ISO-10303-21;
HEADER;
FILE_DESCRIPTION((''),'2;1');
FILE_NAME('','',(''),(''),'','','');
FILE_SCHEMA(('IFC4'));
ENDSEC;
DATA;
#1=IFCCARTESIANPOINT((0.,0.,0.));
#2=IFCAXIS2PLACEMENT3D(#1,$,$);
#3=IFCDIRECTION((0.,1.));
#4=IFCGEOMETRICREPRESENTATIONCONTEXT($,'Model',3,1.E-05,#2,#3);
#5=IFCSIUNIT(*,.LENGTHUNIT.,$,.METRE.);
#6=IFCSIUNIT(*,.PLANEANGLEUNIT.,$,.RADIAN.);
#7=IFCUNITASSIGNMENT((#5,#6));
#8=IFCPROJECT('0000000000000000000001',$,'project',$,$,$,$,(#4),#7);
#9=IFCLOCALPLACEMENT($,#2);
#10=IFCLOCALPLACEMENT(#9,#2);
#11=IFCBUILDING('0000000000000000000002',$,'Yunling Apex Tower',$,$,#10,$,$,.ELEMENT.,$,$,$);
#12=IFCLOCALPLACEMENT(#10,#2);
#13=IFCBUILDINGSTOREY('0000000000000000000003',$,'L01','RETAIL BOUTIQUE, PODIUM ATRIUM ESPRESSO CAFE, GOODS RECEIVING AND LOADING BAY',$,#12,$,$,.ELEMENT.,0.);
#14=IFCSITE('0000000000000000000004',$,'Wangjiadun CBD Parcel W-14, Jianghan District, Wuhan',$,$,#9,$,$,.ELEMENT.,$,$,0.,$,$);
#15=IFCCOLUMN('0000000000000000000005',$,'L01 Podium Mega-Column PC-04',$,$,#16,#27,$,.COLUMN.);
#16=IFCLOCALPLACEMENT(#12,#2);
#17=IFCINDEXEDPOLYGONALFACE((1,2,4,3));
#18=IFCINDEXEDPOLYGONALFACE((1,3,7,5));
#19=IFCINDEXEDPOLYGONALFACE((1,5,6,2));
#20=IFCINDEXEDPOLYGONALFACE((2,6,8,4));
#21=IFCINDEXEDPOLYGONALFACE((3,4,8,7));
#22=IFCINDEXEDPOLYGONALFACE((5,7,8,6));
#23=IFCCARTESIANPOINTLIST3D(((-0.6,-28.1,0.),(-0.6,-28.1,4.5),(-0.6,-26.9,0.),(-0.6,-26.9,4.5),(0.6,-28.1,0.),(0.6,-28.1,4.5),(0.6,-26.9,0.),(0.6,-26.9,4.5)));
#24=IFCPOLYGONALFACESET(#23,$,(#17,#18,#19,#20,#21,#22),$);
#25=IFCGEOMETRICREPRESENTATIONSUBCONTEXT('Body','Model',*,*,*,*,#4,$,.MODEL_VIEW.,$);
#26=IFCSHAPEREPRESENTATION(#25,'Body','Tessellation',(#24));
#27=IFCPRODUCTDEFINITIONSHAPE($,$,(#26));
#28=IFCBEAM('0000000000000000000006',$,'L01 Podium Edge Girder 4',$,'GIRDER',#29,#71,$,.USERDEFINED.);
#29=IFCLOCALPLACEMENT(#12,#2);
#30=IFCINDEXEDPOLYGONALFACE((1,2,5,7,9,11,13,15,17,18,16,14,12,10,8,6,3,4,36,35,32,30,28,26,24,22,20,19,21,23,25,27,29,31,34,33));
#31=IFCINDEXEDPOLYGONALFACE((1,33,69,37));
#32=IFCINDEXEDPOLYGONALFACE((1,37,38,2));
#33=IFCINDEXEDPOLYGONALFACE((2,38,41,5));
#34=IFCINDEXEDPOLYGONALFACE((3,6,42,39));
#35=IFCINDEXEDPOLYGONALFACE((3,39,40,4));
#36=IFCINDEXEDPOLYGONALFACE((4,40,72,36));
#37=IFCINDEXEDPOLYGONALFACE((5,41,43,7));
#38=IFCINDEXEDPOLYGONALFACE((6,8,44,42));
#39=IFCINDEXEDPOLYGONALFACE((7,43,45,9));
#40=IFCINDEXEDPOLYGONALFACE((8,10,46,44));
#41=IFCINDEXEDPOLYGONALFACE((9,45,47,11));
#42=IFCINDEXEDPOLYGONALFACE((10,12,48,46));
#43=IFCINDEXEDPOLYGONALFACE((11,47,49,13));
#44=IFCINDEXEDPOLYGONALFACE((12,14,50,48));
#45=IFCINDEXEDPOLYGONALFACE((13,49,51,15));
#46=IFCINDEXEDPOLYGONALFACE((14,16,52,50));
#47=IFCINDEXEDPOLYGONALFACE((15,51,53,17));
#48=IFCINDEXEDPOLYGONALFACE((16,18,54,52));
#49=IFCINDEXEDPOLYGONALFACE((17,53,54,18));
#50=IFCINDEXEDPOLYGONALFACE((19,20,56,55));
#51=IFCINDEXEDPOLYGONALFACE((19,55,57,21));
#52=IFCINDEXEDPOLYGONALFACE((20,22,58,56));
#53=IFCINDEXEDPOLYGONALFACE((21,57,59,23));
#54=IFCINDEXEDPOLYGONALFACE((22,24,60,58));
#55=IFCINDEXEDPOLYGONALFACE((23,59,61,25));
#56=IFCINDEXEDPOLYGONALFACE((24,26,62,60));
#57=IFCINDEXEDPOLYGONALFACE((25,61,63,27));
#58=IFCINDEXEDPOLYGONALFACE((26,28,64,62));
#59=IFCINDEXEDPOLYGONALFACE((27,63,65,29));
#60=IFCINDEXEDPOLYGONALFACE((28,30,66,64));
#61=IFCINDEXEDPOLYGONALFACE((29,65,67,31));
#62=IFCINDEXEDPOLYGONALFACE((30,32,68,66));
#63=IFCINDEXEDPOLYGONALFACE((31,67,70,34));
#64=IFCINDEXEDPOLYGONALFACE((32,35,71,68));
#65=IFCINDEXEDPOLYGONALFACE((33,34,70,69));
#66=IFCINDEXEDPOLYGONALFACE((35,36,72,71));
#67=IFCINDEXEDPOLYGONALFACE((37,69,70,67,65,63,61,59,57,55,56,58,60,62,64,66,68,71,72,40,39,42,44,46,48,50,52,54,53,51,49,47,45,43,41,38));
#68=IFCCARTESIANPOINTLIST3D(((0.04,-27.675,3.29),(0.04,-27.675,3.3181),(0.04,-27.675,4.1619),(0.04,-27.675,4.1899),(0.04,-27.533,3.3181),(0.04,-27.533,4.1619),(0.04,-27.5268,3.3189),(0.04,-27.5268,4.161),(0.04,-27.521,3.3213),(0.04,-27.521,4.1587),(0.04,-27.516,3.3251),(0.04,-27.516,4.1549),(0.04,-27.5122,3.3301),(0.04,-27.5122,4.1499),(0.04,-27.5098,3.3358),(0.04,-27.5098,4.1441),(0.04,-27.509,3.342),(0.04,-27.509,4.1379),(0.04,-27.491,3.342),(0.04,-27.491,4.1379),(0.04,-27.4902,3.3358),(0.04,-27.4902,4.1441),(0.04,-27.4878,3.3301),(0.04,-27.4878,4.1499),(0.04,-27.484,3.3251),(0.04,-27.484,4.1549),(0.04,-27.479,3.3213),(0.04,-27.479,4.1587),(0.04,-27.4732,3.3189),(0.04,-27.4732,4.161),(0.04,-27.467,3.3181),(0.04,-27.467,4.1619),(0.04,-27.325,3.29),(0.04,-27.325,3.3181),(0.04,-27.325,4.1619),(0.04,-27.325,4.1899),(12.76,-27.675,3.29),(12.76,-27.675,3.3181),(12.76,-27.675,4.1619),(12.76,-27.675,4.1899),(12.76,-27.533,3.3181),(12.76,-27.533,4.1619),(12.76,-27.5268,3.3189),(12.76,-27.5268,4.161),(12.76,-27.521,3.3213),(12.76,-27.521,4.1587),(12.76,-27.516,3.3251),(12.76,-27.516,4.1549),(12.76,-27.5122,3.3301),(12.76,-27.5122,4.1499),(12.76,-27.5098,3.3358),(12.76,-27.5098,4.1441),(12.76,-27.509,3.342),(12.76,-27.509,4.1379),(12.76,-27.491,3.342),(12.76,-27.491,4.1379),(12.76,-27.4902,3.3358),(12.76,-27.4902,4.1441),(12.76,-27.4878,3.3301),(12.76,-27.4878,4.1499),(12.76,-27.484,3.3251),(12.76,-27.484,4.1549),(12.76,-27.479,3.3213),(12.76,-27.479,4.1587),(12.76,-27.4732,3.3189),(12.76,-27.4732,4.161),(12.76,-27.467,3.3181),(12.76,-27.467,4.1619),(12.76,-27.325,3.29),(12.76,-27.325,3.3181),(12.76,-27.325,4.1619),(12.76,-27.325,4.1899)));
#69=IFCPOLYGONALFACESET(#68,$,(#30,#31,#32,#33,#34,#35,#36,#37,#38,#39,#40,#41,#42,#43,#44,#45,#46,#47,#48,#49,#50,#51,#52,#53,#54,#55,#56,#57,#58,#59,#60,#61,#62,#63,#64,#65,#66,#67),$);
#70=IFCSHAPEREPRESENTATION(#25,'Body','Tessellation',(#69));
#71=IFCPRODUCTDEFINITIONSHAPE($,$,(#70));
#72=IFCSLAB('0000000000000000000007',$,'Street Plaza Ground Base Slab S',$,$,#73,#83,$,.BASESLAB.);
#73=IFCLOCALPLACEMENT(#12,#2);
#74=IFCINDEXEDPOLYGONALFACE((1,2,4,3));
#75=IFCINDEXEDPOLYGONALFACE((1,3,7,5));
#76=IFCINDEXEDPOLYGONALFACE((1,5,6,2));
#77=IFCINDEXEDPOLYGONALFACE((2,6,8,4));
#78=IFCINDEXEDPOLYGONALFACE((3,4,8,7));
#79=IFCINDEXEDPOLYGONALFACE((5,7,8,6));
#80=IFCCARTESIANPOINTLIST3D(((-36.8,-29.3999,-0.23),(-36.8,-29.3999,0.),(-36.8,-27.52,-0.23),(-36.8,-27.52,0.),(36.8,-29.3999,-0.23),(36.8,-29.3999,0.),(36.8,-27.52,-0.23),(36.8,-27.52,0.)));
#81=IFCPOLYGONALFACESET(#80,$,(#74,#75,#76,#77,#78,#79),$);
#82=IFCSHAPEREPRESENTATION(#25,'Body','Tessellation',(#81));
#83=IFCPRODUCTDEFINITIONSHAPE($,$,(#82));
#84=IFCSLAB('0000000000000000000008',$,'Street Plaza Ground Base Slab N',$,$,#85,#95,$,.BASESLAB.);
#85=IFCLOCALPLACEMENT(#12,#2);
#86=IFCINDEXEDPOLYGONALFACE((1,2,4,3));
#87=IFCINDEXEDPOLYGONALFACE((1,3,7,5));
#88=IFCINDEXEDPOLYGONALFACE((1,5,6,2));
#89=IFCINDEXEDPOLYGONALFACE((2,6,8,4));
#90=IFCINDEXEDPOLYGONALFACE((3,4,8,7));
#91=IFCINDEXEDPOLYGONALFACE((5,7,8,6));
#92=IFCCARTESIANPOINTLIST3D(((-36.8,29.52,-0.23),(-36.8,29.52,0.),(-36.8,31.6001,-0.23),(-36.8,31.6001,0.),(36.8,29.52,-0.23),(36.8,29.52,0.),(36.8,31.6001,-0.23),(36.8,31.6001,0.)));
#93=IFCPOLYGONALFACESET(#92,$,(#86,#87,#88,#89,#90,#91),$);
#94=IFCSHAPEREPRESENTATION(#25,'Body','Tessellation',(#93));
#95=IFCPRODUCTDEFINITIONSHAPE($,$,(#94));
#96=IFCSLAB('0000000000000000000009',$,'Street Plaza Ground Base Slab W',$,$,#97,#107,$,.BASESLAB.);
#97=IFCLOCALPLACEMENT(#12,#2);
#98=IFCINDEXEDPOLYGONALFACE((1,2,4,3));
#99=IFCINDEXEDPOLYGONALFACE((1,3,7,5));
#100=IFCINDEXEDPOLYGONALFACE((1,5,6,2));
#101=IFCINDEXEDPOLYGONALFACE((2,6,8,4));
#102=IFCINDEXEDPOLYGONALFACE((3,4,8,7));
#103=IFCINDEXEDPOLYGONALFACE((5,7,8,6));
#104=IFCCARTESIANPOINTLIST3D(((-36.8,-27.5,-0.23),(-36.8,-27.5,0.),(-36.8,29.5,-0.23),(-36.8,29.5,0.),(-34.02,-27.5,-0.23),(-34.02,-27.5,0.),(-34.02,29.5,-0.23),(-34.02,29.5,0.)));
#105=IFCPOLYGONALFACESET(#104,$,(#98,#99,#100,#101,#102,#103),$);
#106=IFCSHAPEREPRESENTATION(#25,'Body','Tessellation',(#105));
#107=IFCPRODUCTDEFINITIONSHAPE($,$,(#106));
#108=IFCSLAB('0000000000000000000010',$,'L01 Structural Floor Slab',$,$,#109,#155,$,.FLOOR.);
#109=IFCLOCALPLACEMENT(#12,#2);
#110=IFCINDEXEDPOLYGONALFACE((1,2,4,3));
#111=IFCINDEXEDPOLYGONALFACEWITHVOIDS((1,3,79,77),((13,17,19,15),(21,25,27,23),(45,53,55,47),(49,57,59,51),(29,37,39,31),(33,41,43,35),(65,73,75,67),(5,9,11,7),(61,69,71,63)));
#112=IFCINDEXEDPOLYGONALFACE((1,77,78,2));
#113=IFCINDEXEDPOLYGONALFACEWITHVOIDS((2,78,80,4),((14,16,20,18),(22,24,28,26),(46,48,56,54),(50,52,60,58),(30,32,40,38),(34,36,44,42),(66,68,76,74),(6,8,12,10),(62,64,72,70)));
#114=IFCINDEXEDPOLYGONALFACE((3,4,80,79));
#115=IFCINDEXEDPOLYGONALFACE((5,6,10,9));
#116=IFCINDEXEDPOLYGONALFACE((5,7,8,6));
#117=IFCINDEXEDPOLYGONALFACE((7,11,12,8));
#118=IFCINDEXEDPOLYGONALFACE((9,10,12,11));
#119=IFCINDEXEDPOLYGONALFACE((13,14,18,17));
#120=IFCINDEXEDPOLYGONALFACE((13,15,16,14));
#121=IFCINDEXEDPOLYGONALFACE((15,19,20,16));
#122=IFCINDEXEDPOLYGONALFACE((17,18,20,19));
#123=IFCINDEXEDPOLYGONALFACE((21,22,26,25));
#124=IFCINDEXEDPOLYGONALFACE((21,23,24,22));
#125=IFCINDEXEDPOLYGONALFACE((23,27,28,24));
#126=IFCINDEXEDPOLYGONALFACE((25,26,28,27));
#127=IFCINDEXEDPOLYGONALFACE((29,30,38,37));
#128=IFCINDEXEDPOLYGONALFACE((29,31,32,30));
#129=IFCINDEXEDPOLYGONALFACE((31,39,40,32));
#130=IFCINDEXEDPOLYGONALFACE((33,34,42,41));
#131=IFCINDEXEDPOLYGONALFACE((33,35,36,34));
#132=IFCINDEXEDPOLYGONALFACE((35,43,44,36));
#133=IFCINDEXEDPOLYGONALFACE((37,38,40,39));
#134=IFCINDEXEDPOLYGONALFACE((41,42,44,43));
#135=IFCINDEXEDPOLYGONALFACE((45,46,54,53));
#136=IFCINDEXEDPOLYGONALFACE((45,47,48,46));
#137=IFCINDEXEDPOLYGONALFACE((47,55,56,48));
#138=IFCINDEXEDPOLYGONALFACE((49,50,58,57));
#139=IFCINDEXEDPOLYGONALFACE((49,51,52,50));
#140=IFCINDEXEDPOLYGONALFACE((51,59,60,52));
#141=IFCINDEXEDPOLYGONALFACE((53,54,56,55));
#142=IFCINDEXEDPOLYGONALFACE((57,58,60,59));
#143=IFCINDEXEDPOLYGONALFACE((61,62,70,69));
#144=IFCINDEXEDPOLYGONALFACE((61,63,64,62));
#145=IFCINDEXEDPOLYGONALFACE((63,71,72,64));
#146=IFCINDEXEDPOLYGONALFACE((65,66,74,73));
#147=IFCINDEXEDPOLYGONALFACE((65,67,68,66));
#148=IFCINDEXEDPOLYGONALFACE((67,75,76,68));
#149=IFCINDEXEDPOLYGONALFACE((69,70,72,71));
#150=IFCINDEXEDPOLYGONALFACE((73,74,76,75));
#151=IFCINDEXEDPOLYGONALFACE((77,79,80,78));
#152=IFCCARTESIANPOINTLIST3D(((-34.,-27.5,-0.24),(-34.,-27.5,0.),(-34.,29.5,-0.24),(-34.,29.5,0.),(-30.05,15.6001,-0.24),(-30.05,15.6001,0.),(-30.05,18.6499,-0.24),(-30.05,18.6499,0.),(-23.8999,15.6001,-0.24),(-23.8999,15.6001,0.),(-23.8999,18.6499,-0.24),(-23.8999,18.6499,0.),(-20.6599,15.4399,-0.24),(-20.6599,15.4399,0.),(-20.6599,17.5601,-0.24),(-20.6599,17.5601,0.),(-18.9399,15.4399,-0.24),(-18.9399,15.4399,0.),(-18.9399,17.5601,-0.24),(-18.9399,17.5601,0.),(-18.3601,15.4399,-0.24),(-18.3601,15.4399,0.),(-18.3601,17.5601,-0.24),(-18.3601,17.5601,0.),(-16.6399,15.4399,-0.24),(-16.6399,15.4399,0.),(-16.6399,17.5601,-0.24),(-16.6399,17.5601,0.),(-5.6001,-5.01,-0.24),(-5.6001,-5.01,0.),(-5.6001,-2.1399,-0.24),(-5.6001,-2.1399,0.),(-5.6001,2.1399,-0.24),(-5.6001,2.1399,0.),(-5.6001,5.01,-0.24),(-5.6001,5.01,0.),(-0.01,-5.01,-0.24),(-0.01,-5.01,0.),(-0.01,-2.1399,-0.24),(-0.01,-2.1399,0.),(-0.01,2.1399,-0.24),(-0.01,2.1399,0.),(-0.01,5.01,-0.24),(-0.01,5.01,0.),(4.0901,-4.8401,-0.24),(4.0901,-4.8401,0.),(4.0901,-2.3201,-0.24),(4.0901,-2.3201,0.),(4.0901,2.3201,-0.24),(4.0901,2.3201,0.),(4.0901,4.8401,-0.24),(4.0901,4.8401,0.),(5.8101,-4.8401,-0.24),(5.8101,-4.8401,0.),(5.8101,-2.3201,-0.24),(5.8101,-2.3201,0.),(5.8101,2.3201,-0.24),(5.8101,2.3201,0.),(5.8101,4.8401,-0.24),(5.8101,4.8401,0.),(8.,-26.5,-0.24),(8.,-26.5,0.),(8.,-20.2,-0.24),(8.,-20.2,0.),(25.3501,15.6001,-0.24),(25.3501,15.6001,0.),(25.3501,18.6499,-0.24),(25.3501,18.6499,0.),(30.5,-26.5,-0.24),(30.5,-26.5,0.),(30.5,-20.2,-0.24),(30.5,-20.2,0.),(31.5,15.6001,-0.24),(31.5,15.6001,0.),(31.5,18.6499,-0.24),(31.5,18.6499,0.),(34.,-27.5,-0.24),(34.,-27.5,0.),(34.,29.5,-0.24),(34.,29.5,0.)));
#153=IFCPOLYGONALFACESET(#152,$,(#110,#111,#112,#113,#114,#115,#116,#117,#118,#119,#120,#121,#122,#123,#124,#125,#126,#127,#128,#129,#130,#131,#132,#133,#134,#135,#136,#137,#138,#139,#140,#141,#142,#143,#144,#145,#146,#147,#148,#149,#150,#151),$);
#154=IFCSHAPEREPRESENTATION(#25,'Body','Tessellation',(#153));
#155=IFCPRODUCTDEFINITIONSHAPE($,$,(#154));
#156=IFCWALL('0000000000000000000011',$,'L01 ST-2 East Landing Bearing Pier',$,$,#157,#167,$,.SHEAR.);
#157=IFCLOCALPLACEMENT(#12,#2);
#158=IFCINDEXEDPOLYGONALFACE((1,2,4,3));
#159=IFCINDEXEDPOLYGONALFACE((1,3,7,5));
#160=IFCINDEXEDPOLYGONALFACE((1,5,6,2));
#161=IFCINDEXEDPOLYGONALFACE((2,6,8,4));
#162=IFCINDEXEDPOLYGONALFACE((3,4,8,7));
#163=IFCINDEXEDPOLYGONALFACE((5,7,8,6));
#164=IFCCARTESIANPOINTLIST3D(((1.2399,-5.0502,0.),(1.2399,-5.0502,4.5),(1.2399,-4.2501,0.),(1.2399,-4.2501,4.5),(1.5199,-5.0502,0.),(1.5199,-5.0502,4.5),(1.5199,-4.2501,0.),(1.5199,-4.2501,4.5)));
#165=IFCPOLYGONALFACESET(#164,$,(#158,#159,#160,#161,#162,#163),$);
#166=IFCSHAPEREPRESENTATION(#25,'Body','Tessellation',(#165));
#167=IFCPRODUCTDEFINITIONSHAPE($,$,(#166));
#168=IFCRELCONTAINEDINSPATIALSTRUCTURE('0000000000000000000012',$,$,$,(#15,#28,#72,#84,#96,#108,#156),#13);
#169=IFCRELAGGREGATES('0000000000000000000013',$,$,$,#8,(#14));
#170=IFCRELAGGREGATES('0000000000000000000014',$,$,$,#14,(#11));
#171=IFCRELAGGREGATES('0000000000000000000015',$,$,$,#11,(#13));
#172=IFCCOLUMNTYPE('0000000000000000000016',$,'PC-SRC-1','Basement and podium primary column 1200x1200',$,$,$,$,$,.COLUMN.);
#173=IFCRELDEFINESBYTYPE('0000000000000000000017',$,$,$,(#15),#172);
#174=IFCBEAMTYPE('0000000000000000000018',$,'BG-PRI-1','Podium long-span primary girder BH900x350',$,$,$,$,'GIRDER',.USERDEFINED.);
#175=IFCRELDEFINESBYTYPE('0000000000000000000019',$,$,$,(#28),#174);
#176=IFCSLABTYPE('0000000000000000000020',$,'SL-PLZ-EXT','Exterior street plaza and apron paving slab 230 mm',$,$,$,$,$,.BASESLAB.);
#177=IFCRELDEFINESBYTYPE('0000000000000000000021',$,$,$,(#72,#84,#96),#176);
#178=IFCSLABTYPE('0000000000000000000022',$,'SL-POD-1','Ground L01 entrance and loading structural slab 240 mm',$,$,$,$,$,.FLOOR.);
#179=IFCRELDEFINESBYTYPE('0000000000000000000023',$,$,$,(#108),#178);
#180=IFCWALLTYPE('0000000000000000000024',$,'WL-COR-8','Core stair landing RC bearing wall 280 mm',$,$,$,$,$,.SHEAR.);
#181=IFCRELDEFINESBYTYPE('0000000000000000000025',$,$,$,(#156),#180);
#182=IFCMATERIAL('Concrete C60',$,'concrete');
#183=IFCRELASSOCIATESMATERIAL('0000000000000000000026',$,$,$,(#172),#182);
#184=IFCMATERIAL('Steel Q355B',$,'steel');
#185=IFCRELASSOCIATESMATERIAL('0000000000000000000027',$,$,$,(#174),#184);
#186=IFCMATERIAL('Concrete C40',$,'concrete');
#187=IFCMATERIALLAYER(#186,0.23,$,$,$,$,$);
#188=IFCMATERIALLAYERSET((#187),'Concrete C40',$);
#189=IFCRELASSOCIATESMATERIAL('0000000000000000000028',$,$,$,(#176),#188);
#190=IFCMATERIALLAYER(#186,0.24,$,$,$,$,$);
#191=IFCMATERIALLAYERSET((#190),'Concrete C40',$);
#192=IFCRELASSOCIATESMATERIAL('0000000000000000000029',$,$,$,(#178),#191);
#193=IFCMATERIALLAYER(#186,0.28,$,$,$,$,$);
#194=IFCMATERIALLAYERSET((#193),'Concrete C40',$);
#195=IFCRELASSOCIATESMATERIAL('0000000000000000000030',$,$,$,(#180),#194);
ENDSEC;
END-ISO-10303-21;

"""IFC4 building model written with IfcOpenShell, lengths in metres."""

from ifc_helpers import new_model, si_unit, direction, frame, frame_2d, origin, origin_2d, place, context, subcontext, project, spatial, polyline, rectangle, i_section, outline, extrude, source, transform, mapped, material, layer, layer_set, material_profile, profile_set, type_object, element, save


model = new_model("IFC4")

# Units and contexts
model_context = context("Model", 3, precision=1e-05, world=origin(), true_north=direction((0.0, 1.0)))
body_context = subcontext(model_context, "Body", "Model", "MODEL_VIEW")
ifc_project = project(units=[si_unit("LENGTHUNIT", "METRE"), si_unit("PLANEANGLEUNIT", "RADIAN")], contexts=[model_context])

# Site, building, storey
site_placement = place(None, origin())
site = spatial("IfcSite", under=ifc_project, at=site_placement, Name="Wangjiadun CBD Parcel W-14, Jianghan District, Wuhan", CompositionType="ELEMENT", RefElevation=0.0)
building_placement = place(site_placement, origin())
building = spatial("IfcBuilding", under=site, at=building_placement, Name="Yunling Apex Tower", CompositionType="ELEMENT")
storey_placement = place(building_placement, origin())
storey = spatial("IfcBuildingStorey", under=building, at=storey_placement, Name="L01", Description="RETAIL BOUTIQUE, PODIUM ATRIUM ESPRESSO CAFE, GOODS RECEIVING AND LOADING BAY", CompositionType="ELEMENT", Elevation=0.0)

# Column
ifc_material_1 = material(Name="Concrete C60", Category="concrete")
ifc_material_profile_1 = material_profile(ifc_material_1, rectangle(XDim=1.2, YDim=1.2, at=origin_2d()))
ifc_profile_set_1 = profile_set([ifc_material_profile_1], Name="Concrete C60")
column_type = type_object("IfcColumnType", Name="PC-SRC-1", Description="Basement and podium primary column 1200x1200", PredefinedType="COLUMN", material=ifc_profile_set_1)
shared_shape_1 = source(origin(), body_context, "Body", "SweptSolid", [
    extrude(rectangle(XDim=1.2, YDim=1.2, at=origin_2d()), origin(), (0.0, 0.0, 1.0), 4.5),
])
column_placement = place(storey_placement, frame((0.0, -27.5, 0.0), z_axis=(0.0, 0.0, 1.0), x_axis=(1.0, 0.0, 0.0)))
element("IfcColumn", 1, at=column_placement, inside=storey, type_object=column_type, Name="L01 Podium Mega-Column PC-04", PredefinedType="COLUMN", context=body_context, shape_type="MappedRepresentation", body=[
    mapped(shared_shape_1, transform((0.0, 0.0, 0.0), scale=1.0)),
])

# Beam
ifc_material_2 = material(Name="Steel Q355B", Category="steel")
ifc_material_profile_2 = material_profile(ifc_material_2, i_section(OverallWidth=0.3501, OverallDepth=0.8999, WebThickness=0.0181, FlangeThickness=0.0281, FilletRadius=0.0239, at=origin_2d()))
ifc_profile_set_2 = profile_set([ifc_material_profile_2], Name="Steel Q355B")
beam_type = type_object("IfcBeamType", Name="BG-PRI-1", Description="Podium long-span primary girder BH900x350", ElementType="GIRDER", PredefinedType="USERDEFINED", material=ifc_profile_set_2)
shared_shape_2 = source(origin(), body_context, "Body", "SweptSolid", [
    extrude(i_section(OverallWidth=0.3501, OverallDepth=0.8999, WebThickness=0.0181, FlangeThickness=0.0281, FilletRadius=0.0239, at=origin_2d()), origin(), (0.0, 0.0, 1.0), 12.72),
])
beam_placement = place(storey_placement, frame((0.04, -27.5, 3.74), z_axis=(1.0, 0.0, 0.0), x_axis=(0.0, 1.0, 0.0)))
element("IfcBeam", 2, at=beam_placement, inside=storey, type_object=beam_type, Name="L01 Podium Edge Girder 4", ObjectType="GIRDER", PredefinedType="USERDEFINED", context=body_context, shape_type="MappedRepresentation", body=[
    mapped(shared_shape_2, transform((0.0, 0.0, 0.0), scale=1.0)),
])

# Slabs
ifc_material_3 = material(Name="Concrete C40", Category="concrete")
ifc_layer_1 = layer(ifc_material_3, 0.23)
ifc_layer_set_1 = layer_set([ifc_layer_1], Name="Concrete C40")
slab_type_1 = type_object("IfcSlabType", Name="SL-PLZ-EXT", Description="Exterior street plaza and apron paving slab 230 mm", PredefinedType="BASESLAB", material=ifc_layer_set_1)
slab_1_placement = place(storey_placement, frame((0.0, 0.0, -0.23)))
element("IfcSlab", 3, at=slab_1_placement, inside=storey, type_object=slab_type_1, Name="Street Plaza Ground Base Slab S", PredefinedType="BASESLAB", context=body_context, shape_type="SweptSolid", body=[
    extrude(outline(polyline([(-36.8, -29.3999), (36.8, -29.3999), (36.8, -27.52), (-36.8, -27.52), (-36.8, -29.3999)])), origin(), (0.0, 0.0, 1.0), 0.23),
])
slab_2_placement = place(storey_placement, frame((0.0, 0.0, -0.23)))
element("IfcSlab", 4, at=slab_2_placement, inside=storey, type_object=slab_type_1, Name="Street Plaza Ground Base Slab N", PredefinedType="BASESLAB", context=body_context, shape_type="SweptSolid", body=[
    extrude(outline(polyline([(-36.8, 29.52), (36.8, 29.52), (36.8, 31.6001), (-36.8, 31.6001), (-36.8, 29.52)])), origin(), (0.0, 0.0, 1.0), 0.23),
])
slab_3_placement = place(storey_placement, frame((0.0, 0.0, -0.23)))
element("IfcSlab", 5, at=slab_3_placement, inside=storey, type_object=slab_type_1, Name="Street Plaza Ground Base Slab W", PredefinedType="BASESLAB", context=body_context, shape_type="SweptSolid", body=[
    extrude(outline(polyline([(-36.8, -27.5), (-34.02, -27.5), (-34.02, 29.5), (-36.8, 29.5), (-36.8, -27.5)])), origin(), (0.0, 0.0, 1.0), 0.23),
])
ifc_layer_2 = layer(ifc_material_3, 0.24)
ifc_layer_set_2 = layer_set([ifc_layer_2], Name="Concrete C40")
slab_type_2 = type_object("IfcSlabType", Name="SL-POD-1", Description="Ground L01 entrance and loading structural slab 240 mm", PredefinedType="FLOOR", material=ifc_layer_set_2)
slab_4_placement = place(storey_placement, frame((0.0, 0.0, -0.24)))
element("IfcSlab", 6, at=slab_4_placement, inside=storey, type_object=slab_type_2, Name="L01 Structural Floor Slab", PredefinedType="FLOOR", context=body_context, shape_type="SweptSolid", body=[
    extrude(outline(polyline([(-34.0, -27.5), (34.0, -27.5), (34.0, 29.5), (-34.0, 29.5), (-34.0, -27.5)]), holes=[polyline([(31.5, 18.6499), (31.5, 15.6001), (25.3501, 15.6001), (25.3501, 18.6499), (31.5, 18.6499)]), polyline([(8.0, -20.2), (30.5, -20.2), (30.5, -26.5), (8.0, -26.5), (8.0, -20.2)]), polyline([(4.0901, -2.3201), (5.8101, -2.3201), (5.8101, -4.8401), (4.0901, -4.8401), (4.0901, -2.3201)]), polyline([(4.0901, 4.8401), (5.8101, 4.8401), (5.8101, 2.3201), (4.0901, 2.3201), (4.0901, 4.8401)]), polyline([(-0.01, -5.01), (-5.6001, -5.01), (-5.6001, -2.1399), (-0.01, -2.1399), (-0.01, -5.01)]), polyline([(-0.01, 2.1399), (-5.6001, 2.1399), (-5.6001, 5.01), (-0.01, 5.01), (-0.01, 2.1399)]), polyline([(-18.3601, 17.5601), (-16.6399, 17.5601), (-16.6399, 15.4399), (-18.3601, 15.4399), (-18.3601, 17.5601)]), polyline([(-20.6599, 17.5601), (-18.9399, 17.5601), (-18.9399, 15.4399), (-20.6599, 15.4399), (-20.6599, 17.5601)]), polyline([(-23.8999, 18.6499), (-23.8999, 15.6001), (-30.05, 15.6001), (-30.05, 18.6499), (-23.8999, 18.6499)])]), origin(), (0.0, 0.0, 1.0), 0.24),
])

# Wall
ifc_layer_3 = layer(ifc_material_3, 0.28)
ifc_layer_set_3 = layer_set([ifc_layer_3], Name="Concrete C40")
wall_type_1 = type_object("IfcWallType", Name="WL-COR-8", Description="Core stair landing RC bearing wall 280 mm", PredefinedType="SHEAR", material=ifc_layer_set_3)
wall_1_placement = place(storey_placement, frame((1.3799, -5.05, 0.0), z_axis=(0.0, 0.0, 1.0), x_axis=(0.0, 1.0, 0.0)))
element("IfcWall", 7, at=wall_1_placement, inside=storey, type_object=wall_type_1, Name="L01 ST-2 East Landing Bearing Pier", PredefinedType="SHEAR", context=body_context, shape_type="SweptSolid", body=[
    extrude(rectangle(XDim=0.8, YDim=0.28, at=frame_2d((0.3999, 0.0))), origin(), (0.0, 0.0, 1.0), 4.5),
])

save(model, "model.ifc")
